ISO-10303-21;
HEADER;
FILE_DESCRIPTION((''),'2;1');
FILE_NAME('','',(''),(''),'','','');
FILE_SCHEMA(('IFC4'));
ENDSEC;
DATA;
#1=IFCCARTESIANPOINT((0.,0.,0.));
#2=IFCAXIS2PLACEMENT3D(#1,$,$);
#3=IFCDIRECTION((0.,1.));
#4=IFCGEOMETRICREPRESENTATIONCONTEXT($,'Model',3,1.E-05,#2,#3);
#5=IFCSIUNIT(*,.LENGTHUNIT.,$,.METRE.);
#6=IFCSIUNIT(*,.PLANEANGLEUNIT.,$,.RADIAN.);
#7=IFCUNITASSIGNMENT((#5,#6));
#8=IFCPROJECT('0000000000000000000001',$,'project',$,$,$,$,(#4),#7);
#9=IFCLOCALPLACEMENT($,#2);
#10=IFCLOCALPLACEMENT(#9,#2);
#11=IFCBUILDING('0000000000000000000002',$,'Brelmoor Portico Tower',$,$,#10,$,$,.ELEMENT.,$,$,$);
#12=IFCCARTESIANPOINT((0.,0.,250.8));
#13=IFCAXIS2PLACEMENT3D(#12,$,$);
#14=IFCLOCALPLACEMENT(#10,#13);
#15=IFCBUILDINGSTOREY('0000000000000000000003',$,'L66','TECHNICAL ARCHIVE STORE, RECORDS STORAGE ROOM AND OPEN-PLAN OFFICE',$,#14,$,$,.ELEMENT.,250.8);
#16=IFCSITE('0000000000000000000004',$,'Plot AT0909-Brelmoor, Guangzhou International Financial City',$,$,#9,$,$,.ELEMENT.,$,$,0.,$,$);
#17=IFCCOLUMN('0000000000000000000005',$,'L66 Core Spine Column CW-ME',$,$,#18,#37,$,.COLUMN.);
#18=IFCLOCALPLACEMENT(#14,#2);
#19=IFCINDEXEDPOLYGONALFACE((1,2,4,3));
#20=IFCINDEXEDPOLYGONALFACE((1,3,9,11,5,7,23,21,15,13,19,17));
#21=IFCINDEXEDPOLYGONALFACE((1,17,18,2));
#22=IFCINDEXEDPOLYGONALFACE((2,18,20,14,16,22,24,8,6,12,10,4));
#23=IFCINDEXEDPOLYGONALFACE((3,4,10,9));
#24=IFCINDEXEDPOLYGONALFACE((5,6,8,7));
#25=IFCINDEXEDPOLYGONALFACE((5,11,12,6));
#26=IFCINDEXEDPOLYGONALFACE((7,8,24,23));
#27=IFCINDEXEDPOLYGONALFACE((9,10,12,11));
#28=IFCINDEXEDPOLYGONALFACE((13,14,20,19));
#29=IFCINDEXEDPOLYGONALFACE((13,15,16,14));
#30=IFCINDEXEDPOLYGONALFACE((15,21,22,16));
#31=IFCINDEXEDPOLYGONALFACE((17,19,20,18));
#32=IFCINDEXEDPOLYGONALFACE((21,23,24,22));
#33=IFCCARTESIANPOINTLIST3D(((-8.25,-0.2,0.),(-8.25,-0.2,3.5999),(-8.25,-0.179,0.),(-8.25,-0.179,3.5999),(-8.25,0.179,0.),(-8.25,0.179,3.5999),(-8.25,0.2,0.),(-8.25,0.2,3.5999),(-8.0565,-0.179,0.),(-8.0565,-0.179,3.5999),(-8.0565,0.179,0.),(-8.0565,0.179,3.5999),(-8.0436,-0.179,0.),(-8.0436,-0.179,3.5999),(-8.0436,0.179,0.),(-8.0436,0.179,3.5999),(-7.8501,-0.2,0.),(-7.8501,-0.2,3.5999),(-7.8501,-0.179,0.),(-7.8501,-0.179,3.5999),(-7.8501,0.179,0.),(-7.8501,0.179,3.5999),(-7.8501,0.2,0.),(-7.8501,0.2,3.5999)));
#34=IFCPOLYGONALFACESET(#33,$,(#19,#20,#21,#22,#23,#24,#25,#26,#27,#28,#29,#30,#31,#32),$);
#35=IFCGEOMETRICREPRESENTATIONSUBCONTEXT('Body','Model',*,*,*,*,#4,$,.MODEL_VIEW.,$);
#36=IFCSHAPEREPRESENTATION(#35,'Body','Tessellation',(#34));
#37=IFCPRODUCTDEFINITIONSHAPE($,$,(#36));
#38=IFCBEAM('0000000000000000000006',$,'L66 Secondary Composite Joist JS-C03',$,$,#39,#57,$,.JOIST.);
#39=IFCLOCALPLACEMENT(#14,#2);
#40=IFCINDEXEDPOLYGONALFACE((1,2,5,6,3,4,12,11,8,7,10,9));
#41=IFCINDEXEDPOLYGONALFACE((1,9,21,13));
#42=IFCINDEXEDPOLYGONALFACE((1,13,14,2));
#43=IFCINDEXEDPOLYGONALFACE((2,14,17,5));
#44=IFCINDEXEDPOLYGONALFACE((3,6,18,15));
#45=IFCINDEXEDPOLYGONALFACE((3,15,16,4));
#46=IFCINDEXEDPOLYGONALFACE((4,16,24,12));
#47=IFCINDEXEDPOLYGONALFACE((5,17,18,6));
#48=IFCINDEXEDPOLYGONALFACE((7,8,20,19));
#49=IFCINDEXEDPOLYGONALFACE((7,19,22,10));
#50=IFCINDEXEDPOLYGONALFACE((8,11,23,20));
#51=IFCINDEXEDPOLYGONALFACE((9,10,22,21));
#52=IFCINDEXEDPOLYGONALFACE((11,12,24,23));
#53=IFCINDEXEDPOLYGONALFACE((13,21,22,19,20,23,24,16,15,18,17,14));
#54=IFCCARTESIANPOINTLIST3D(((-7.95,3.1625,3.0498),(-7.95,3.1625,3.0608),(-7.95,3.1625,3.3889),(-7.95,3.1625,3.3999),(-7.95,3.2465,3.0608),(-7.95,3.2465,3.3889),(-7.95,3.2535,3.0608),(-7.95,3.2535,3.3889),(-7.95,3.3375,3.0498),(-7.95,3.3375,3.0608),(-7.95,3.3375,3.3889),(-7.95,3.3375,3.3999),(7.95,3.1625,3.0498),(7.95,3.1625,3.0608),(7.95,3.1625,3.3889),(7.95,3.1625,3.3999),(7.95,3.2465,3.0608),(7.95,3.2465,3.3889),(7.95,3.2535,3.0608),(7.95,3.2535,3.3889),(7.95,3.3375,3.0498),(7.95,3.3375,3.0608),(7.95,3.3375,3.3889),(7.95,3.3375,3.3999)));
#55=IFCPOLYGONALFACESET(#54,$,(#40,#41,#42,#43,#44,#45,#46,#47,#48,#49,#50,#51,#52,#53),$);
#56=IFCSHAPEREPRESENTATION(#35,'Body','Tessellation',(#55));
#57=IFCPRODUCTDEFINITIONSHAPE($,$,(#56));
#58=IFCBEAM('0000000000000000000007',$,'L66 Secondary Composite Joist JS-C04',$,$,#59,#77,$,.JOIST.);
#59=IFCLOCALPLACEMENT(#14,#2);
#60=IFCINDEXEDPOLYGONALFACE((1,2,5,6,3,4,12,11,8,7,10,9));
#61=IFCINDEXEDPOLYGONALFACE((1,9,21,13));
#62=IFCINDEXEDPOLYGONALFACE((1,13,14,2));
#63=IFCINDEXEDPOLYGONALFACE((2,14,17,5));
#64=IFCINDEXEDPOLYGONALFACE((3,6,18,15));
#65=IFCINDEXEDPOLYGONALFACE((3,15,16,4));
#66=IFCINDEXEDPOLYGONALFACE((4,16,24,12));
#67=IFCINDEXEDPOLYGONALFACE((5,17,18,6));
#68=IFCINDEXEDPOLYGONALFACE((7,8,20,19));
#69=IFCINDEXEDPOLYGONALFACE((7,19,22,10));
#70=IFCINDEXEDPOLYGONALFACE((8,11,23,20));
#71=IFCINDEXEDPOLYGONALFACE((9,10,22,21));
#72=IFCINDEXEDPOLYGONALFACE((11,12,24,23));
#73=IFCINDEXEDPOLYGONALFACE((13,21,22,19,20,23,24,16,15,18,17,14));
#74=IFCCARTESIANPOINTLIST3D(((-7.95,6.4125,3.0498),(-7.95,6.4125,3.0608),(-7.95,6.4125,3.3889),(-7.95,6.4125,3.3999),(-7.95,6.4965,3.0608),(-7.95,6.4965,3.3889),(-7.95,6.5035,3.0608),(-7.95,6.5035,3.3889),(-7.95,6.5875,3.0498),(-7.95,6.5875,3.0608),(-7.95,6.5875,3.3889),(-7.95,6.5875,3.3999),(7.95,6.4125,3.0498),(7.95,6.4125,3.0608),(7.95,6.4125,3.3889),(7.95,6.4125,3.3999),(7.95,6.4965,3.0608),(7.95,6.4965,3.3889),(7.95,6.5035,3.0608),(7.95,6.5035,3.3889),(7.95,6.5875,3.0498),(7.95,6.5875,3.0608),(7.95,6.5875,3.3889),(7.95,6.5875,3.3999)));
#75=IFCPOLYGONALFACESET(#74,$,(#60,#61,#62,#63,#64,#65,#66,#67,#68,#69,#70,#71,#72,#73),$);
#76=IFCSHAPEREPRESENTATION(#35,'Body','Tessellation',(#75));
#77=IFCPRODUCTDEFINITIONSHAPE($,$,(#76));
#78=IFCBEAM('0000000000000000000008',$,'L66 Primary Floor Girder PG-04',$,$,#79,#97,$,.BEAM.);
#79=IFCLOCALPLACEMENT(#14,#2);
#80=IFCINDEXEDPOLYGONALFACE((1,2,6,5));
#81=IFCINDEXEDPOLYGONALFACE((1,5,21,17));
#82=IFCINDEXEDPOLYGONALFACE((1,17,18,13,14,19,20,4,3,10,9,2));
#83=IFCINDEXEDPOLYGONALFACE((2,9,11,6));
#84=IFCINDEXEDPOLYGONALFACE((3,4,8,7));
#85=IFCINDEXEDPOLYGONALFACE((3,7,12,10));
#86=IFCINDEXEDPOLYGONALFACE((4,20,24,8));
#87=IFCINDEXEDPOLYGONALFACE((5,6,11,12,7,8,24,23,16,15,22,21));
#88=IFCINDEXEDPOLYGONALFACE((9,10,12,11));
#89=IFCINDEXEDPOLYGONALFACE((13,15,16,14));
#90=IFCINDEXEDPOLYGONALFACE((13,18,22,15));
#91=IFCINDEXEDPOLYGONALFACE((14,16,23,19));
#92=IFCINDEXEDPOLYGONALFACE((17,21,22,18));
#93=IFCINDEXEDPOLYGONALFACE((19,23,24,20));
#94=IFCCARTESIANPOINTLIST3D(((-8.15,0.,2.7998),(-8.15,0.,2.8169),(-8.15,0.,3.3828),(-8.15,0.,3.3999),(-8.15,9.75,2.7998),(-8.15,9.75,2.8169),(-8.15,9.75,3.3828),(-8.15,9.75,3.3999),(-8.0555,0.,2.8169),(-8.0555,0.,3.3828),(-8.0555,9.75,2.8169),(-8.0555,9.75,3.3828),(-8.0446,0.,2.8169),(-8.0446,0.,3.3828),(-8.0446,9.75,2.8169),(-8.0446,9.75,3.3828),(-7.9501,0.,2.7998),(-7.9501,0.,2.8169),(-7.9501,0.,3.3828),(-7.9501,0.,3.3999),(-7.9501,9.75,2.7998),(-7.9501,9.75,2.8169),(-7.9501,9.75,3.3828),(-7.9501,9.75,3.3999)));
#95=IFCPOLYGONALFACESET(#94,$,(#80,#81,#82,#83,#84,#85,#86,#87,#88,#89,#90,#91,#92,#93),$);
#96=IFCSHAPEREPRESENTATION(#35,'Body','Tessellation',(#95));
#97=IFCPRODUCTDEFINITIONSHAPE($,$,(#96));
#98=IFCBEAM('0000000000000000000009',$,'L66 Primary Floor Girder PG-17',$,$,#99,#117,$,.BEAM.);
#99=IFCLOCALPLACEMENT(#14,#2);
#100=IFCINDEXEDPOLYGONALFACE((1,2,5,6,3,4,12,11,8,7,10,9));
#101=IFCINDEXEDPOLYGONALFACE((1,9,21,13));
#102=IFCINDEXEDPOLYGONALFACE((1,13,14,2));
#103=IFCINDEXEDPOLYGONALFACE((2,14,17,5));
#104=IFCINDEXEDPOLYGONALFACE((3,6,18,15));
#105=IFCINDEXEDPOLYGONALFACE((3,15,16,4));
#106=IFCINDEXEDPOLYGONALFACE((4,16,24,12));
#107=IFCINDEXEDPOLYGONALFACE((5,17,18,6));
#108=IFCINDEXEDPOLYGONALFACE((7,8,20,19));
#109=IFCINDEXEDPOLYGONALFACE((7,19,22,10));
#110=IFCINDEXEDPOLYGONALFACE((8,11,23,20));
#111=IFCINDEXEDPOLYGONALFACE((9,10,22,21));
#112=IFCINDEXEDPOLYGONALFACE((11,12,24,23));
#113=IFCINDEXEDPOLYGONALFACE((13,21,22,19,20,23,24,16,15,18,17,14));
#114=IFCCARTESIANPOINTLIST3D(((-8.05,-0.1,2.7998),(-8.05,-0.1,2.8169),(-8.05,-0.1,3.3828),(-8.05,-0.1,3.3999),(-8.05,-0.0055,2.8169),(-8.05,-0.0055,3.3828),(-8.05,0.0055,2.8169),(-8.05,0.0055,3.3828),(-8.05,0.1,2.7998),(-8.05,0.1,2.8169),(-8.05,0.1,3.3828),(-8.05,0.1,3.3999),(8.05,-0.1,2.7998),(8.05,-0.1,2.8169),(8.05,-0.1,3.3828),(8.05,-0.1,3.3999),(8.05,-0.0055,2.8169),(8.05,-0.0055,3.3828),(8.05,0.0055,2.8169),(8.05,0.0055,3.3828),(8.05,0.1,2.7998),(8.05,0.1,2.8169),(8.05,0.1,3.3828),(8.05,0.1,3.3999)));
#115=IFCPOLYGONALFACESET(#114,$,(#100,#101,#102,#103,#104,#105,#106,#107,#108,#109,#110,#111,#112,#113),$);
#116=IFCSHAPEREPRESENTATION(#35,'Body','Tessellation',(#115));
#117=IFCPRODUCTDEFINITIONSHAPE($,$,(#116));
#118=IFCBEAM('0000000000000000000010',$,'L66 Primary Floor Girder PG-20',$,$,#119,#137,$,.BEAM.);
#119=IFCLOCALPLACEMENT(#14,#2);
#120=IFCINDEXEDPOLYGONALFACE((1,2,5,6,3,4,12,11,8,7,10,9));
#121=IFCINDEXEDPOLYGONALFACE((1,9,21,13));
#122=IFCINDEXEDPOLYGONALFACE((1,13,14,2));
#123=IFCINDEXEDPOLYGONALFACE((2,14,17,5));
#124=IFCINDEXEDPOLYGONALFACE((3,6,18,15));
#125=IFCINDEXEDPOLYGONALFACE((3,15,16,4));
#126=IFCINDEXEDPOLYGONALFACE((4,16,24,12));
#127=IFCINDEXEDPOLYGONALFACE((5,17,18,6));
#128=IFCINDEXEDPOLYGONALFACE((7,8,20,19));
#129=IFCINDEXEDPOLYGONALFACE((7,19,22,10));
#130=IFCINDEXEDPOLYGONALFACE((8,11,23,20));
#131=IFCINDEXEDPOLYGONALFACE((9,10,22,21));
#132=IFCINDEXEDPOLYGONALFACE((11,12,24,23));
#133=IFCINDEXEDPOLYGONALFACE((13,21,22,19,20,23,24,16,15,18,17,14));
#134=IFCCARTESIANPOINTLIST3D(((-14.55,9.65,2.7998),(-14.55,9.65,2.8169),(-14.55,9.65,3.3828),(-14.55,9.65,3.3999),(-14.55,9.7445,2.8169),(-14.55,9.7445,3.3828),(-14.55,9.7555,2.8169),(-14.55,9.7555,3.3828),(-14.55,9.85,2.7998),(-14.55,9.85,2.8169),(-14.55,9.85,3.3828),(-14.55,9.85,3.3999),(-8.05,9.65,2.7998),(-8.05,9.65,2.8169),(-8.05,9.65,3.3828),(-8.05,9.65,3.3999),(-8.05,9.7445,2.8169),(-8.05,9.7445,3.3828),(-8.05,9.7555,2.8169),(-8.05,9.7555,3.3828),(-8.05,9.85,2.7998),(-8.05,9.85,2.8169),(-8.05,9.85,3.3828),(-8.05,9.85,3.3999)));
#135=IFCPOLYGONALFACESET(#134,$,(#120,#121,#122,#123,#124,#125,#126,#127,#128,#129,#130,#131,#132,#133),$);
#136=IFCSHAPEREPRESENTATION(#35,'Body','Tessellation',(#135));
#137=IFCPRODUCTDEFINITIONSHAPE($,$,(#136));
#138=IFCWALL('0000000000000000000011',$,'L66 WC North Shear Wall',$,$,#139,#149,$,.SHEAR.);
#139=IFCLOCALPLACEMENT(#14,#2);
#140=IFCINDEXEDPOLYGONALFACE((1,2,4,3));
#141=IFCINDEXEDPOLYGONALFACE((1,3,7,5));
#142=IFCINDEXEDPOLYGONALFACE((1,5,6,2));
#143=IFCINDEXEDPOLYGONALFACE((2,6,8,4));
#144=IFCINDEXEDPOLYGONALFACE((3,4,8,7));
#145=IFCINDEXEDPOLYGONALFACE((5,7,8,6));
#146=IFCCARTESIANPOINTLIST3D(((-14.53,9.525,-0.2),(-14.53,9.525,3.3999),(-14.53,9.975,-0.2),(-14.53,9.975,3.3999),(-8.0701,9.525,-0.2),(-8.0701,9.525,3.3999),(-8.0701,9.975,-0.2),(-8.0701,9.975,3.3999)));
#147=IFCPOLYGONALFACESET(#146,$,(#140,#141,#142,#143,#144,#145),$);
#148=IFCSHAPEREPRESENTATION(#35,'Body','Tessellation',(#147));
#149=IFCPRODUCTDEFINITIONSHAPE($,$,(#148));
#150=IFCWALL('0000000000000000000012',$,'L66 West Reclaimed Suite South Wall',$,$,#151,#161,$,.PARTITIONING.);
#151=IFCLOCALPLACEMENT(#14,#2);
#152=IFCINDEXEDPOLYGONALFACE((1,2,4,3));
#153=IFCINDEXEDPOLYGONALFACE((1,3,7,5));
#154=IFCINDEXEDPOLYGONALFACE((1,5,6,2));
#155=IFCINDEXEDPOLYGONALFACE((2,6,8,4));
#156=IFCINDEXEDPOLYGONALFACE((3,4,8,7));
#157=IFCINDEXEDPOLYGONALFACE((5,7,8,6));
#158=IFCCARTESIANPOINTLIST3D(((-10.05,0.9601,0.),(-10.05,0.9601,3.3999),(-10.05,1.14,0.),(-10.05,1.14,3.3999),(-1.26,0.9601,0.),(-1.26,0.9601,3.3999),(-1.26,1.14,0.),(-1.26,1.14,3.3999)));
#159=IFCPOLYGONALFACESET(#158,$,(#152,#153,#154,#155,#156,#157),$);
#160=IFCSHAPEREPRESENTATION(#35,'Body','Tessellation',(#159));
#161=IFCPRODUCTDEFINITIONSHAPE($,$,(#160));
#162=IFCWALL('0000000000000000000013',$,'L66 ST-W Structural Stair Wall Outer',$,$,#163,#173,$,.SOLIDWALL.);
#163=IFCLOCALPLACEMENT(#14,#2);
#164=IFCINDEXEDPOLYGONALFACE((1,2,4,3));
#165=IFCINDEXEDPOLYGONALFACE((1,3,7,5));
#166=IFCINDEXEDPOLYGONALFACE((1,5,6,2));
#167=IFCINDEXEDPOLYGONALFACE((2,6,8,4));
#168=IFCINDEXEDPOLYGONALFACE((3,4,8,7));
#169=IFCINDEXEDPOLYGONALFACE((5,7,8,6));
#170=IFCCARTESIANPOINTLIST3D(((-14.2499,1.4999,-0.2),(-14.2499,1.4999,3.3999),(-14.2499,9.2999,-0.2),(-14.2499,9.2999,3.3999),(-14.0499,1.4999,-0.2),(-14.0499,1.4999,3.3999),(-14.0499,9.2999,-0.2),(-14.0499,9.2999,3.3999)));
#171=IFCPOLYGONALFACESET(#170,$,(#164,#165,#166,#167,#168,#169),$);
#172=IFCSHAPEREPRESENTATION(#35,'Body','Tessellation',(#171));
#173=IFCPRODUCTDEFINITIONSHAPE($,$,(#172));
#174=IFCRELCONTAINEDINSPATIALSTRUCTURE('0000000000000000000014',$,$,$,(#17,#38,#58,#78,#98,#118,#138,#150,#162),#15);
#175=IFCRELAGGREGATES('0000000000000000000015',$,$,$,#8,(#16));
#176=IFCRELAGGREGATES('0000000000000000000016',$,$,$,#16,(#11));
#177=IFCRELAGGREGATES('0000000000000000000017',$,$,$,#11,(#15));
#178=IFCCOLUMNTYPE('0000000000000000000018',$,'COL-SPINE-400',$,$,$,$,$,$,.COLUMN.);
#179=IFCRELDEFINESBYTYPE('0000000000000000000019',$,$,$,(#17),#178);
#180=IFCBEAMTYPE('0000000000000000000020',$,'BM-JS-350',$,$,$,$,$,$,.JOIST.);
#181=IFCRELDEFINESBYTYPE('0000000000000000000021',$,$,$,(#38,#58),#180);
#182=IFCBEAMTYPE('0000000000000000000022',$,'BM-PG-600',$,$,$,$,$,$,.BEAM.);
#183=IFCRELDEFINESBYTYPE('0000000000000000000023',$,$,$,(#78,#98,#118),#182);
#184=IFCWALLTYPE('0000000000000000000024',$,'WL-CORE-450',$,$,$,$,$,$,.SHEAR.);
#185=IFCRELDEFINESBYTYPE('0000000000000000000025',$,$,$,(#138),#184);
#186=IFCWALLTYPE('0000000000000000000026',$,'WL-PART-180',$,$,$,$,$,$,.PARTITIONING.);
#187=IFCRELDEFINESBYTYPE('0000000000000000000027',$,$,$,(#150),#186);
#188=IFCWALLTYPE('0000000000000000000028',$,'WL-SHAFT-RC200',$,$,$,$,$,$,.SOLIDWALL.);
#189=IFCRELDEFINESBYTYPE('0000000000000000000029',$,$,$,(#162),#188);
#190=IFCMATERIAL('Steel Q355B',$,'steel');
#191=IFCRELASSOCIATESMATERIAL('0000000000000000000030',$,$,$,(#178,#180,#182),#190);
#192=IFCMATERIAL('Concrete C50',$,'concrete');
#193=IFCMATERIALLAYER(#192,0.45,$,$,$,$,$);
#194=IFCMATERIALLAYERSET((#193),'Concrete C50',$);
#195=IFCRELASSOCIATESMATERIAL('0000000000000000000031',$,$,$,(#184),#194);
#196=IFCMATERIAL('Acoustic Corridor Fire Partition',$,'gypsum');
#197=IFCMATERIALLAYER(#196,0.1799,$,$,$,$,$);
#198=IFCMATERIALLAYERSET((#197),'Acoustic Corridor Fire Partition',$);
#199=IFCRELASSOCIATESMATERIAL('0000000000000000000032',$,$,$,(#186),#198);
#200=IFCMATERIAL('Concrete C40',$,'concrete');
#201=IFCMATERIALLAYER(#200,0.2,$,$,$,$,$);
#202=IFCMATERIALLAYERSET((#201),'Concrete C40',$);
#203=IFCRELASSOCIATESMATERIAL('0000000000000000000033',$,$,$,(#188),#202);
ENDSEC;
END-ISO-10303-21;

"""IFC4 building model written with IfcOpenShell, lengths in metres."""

from ifc_helpers import new_model, si_unit, direction, frame, frame_2d, origin, origin_2d, place, context, subcontext, project, spatial, rectangle, i_section, extrude, material, layer, layer_set, material_profile, profile_set, type_object, element, save


model = new_model("IFC4")

# Units and contexts
model_context = context("Model", 3, precision=1e-05, world=origin(), true_north=direction((0.0, 1.0)))
body_context = subcontext(model_context, "Body", "Model", "MODEL_VIEW")
ifc_project = project(units=[si_unit("LENGTHUNIT", "METRE"), si_unit("PLANEANGLEUNIT", "RADIAN")], contexts=[model_context])

# Site, building, storey
site_placement = place(None, origin())
site = spatial("IfcSite", under=ifc_project, at=site_placement, Name="Plot AT0909-Brelmoor, Guangzhou International Financial City", CompositionType="ELEMENT", RefElevation=0.0)
building_placement = place(site_placement, origin())
building = spatial("IfcBuilding", under=site, at=building_placement, Name="Brelmoor Portico Tower", CompositionType="ELEMENT")
storey_placement = place(building_placement, frame((0.0, 0.0, 250.8)))
storey = spatial("IfcBuildingStorey", under=building, at=storey_placement, Name="L66", Description="TECHNICAL ARCHIVE STORE, RECORDS STORAGE ROOM AND OPEN-PLAN OFFICE", CompositionType="ELEMENT", Elevation=250.8)

# Column
ifc_material_1 = material(Name="Steel Q355B", Category="steel")
ifc_material_profile_1 = material_profile(ifc_material_1, i_section(OverallWidth=0.3999, OverallDepth=0.3999, WebThickness=0.0129, FlangeThickness=0.021, at=origin_2d()), Name="HW 400x400x13x21")
ifc_profile_set_1 = profile_set([ifc_material_profile_1], Name="Steel Q355B")
column_type = type_object("IfcColumnType", Name="COL-SPINE-400", PredefinedType="COLUMN", material=ifc_profile_set_1)
column_placement = place(storey_placement, frame((-8.05, 0.0, 0.0), z_axis=(0.0, 0.0, 1.0), x_axis=(1.0, 0.0, 0.0)))
element("IfcColumn", 1, at=column_placement, inside=storey, type_object=column_type, Name="L66 Core Spine Column CW-ME", PredefinedType="COLUMN", context=body_context, shape_type="SweptSolid", body=[
    extrude(i_section(OverallWidth=0.3999, OverallDepth=0.3999, WebThickness=0.0129, FlangeThickness=0.021, at=origin_2d()), origin(), (0.0, 0.0, 1.0), 3.5999),
])

# Beams
ifc_material_profile_2 = material_profile(ifc_material_1, i_section(OverallWidth=0.175, OverallDepth=0.3501, WebThickness=0.0071, FlangeThickness=0.011, at=origin_2d()), Name="HN 350x175x7x11")
ifc_profile_set_2 = profile_set([ifc_material_profile_2], Name="Steel Q355B")
beam_type_1 = type_object("IfcBeamType", Name="BM-JS-350", PredefinedType="JOIST", material=ifc_profile_set_2)
for number, where, z_axis, x_axis, name in (
    (2, (-7.95, 3.25, 3.2249), (1.0, 0.0, 0.0), (0.0, 1.0, 0.0), "L66 Secondary Composite Joist JS-C03"),
    (3, (-7.95, 6.5, 3.2249), (1.0, 0.0, 0.0), (0.0, 1.0, 0.0), "L66 Secondary Composite Joist JS-C04"),
):
    element("IfcBeam", number, at=place(storey_placement, frame(where, z_axis=z_axis, x_axis=x_axis)), inside=storey, type_object=beam_type_1, Name=name, PredefinedType="JOIST", context=body_context, shape_type="SweptSolid", body=[
        extrude(i_section(OverallWidth=0.175, OverallDepth=0.3501, WebThickness=0.0071, FlangeThickness=0.011, at=origin_2d()), origin(), (0.0, 0.0, 1.0), 15.8999),
    ])
ifc_material_profile_3 = material_profile(ifc_material_1, i_section(OverallWidth=0.2, OverallDepth=0.6001, WebThickness=0.011, FlangeThickness=0.0171, at=origin_2d()), Name="HN 600x200x11x17")
ifc_profile_set_3 = profile_set([ifc_material_profile_3], Name="Steel Q355B")
beam_type_2 = type_object("IfcBeamType", Name="BM-PG-600", PredefinedType="BEAM", material=ifc_profile_set_3)
beam_1_placement = place(storey_placement, frame((-8.05, 0.0, 3.0999), z_axis=(0.0, 1.0, 0.0), x_axis=(-1.0, 0.0, 0.0)))
element("IfcBeam", 4, at=beam_1_placement, inside=storey, type_object=beam_type_2, Name="L66 Primary Floor Girder PG-04", PredefinedType="BEAM", context=body_context, shape_type="SweptSolid", body=[
    extrude(i_section(OverallWidth=0.2, OverallDepth=0.6001, WebThickness=0.011, FlangeThickness=0.0171, at=origin_2d()), origin(), (0.0, 0.0, 1.0), 9.75),
])
beam_2_placement = place(storey_placement, frame((-8.05, 0.0, 3.0999), z_axis=(1.0, 0.0, 0.0), x_axis=(0.0, 1.0, 0.0)))
element("IfcBeam", 5, at=beam_2_placement, inside=storey, type_object=beam_type_2, Name="L66 Primary Floor Girder PG-17", PredefinedType="BEAM", context=body_context, shape_type="SweptSolid", body=[
    extrude(i_section(OverallWidth=0.2, OverallDepth=0.6001, WebThickness=0.011, FlangeThickness=0.0171, at=origin_2d()), origin(), (0.0, 0.0, 1.0), 16.1001),
])
beam_3_placement = place(storey_placement, frame((-14.55, 9.75, 3.0999), z_axis=(1.0, 0.0, 0.0), x_axis=(0.0, 1.0, 0.0)))
element("IfcBeam", 6, at=beam_3_placement, inside=storey, type_object=beam_type_2, Name="L66 Primary Floor Girder PG-20", PredefinedType="BEAM", context=body_context, shape_type="SweptSolid", body=[
    extrude(i_section(OverallWidth=0.2, OverallDepth=0.6001, WebThickness=0.011, FlangeThickness=0.0171, at=origin_2d()), origin(), (0.0, 0.0, 1.0), 6.5),
])

# Walls
ifc_material_2 = material(Name="Concrete C50", Category="concrete")
ifc_layer_1 = layer(ifc_material_2, 0.45)
ifc_layer_set_1 = layer_set([ifc_layer_1], Name="Concrete C50")
wall_type_1 = type_object("IfcWallType", Name="WL-CORE-450", PredefinedType="SHEAR", material=ifc_layer_set_1)
wall_1_placement = place(storey_placement, frame((-14.53, 9.75, -0.2), z_axis=(0.0, 0.0, 1.0), x_axis=(1.0, 0.0, 0.0)))
element("IfcWall", 7, at=wall_1_placement, inside=storey, type_object=wall_type_1, Name="L66 WC North Shear Wall", PredefinedType="SHEAR", context=body_context, shape_type="SweptSolid", body=[
    extrude(rectangle(XDim=6.46, YDim=0.45, at=frame_2d((3.23, 0.0))), origin(), (0.0, 0.0, 1.0), 3.5999),
])
ifc_material_3 = material(Name="Acoustic Corridor Fire Partition", Category="gypsum")
ifc_layer_2 = layer(ifc_material_3, 0.1799)
ifc_layer_set_2 = layer_set([ifc_layer_2], Name="Acoustic Corridor Fire Partition")
wall_type_2 = type_object("IfcWallType", Name="WL-PART-180", PredefinedType="PARTITIONING", material=ifc_layer_set_2)
wall_2_placement = place(storey_placement, frame((-10.05, 1.05, 0.0), z_axis=(0.0, 0.0, 1.0), x_axis=(1.0, 0.0, 0.0)))
element("IfcWall", 8, at=wall_2_placement, inside=storey, type_object=wall_type_2, Name="L66 West Reclaimed Suite South Wall", PredefinedType="PARTITIONING", context=body_context, shape_type="SweptSolid", body=[
    extrude(rectangle(XDim=8.79, YDim=0.1799, at=frame_2d((4.395, 0.0))), origin(), (0.0, 0.0, 1.0), 3.3999),
])
ifc_material_4 = material(Name="Concrete C40", Category="concrete")
ifc_layer_3 = layer(ifc_material_4, 0.2)
ifc_layer_set_3 = layer_set([ifc_layer_3], Name="Concrete C40")
wall_type_3 = type_object("IfcWallType", Name="WL-SHAFT-RC200", PredefinedType="SOLIDWALL", material=ifc_layer_set_3)
wall_3_placement = place(storey_placement, frame((-14.1499, 1.5, -0.2), z_axis=(0.0, 0.0, 1.0), x_axis=(0.0, 1.0, 0.0)))
element("IfcWall", 9, at=wall_3_placement, inside=storey, type_object=wall_type_3, Name="L66 ST-W Structural Stair Wall Outer", PredefinedType="SOLIDWALL", context=body_context, shape_type="SweptSolid", body=[
    extrude(rectangle(XDim=7.8, YDim=0.2, at=frame_2d((3.8999, 0.0))), origin(), (0.0, 0.0, 1.0), 3.5999),
])

save(model, "model.ifc")
